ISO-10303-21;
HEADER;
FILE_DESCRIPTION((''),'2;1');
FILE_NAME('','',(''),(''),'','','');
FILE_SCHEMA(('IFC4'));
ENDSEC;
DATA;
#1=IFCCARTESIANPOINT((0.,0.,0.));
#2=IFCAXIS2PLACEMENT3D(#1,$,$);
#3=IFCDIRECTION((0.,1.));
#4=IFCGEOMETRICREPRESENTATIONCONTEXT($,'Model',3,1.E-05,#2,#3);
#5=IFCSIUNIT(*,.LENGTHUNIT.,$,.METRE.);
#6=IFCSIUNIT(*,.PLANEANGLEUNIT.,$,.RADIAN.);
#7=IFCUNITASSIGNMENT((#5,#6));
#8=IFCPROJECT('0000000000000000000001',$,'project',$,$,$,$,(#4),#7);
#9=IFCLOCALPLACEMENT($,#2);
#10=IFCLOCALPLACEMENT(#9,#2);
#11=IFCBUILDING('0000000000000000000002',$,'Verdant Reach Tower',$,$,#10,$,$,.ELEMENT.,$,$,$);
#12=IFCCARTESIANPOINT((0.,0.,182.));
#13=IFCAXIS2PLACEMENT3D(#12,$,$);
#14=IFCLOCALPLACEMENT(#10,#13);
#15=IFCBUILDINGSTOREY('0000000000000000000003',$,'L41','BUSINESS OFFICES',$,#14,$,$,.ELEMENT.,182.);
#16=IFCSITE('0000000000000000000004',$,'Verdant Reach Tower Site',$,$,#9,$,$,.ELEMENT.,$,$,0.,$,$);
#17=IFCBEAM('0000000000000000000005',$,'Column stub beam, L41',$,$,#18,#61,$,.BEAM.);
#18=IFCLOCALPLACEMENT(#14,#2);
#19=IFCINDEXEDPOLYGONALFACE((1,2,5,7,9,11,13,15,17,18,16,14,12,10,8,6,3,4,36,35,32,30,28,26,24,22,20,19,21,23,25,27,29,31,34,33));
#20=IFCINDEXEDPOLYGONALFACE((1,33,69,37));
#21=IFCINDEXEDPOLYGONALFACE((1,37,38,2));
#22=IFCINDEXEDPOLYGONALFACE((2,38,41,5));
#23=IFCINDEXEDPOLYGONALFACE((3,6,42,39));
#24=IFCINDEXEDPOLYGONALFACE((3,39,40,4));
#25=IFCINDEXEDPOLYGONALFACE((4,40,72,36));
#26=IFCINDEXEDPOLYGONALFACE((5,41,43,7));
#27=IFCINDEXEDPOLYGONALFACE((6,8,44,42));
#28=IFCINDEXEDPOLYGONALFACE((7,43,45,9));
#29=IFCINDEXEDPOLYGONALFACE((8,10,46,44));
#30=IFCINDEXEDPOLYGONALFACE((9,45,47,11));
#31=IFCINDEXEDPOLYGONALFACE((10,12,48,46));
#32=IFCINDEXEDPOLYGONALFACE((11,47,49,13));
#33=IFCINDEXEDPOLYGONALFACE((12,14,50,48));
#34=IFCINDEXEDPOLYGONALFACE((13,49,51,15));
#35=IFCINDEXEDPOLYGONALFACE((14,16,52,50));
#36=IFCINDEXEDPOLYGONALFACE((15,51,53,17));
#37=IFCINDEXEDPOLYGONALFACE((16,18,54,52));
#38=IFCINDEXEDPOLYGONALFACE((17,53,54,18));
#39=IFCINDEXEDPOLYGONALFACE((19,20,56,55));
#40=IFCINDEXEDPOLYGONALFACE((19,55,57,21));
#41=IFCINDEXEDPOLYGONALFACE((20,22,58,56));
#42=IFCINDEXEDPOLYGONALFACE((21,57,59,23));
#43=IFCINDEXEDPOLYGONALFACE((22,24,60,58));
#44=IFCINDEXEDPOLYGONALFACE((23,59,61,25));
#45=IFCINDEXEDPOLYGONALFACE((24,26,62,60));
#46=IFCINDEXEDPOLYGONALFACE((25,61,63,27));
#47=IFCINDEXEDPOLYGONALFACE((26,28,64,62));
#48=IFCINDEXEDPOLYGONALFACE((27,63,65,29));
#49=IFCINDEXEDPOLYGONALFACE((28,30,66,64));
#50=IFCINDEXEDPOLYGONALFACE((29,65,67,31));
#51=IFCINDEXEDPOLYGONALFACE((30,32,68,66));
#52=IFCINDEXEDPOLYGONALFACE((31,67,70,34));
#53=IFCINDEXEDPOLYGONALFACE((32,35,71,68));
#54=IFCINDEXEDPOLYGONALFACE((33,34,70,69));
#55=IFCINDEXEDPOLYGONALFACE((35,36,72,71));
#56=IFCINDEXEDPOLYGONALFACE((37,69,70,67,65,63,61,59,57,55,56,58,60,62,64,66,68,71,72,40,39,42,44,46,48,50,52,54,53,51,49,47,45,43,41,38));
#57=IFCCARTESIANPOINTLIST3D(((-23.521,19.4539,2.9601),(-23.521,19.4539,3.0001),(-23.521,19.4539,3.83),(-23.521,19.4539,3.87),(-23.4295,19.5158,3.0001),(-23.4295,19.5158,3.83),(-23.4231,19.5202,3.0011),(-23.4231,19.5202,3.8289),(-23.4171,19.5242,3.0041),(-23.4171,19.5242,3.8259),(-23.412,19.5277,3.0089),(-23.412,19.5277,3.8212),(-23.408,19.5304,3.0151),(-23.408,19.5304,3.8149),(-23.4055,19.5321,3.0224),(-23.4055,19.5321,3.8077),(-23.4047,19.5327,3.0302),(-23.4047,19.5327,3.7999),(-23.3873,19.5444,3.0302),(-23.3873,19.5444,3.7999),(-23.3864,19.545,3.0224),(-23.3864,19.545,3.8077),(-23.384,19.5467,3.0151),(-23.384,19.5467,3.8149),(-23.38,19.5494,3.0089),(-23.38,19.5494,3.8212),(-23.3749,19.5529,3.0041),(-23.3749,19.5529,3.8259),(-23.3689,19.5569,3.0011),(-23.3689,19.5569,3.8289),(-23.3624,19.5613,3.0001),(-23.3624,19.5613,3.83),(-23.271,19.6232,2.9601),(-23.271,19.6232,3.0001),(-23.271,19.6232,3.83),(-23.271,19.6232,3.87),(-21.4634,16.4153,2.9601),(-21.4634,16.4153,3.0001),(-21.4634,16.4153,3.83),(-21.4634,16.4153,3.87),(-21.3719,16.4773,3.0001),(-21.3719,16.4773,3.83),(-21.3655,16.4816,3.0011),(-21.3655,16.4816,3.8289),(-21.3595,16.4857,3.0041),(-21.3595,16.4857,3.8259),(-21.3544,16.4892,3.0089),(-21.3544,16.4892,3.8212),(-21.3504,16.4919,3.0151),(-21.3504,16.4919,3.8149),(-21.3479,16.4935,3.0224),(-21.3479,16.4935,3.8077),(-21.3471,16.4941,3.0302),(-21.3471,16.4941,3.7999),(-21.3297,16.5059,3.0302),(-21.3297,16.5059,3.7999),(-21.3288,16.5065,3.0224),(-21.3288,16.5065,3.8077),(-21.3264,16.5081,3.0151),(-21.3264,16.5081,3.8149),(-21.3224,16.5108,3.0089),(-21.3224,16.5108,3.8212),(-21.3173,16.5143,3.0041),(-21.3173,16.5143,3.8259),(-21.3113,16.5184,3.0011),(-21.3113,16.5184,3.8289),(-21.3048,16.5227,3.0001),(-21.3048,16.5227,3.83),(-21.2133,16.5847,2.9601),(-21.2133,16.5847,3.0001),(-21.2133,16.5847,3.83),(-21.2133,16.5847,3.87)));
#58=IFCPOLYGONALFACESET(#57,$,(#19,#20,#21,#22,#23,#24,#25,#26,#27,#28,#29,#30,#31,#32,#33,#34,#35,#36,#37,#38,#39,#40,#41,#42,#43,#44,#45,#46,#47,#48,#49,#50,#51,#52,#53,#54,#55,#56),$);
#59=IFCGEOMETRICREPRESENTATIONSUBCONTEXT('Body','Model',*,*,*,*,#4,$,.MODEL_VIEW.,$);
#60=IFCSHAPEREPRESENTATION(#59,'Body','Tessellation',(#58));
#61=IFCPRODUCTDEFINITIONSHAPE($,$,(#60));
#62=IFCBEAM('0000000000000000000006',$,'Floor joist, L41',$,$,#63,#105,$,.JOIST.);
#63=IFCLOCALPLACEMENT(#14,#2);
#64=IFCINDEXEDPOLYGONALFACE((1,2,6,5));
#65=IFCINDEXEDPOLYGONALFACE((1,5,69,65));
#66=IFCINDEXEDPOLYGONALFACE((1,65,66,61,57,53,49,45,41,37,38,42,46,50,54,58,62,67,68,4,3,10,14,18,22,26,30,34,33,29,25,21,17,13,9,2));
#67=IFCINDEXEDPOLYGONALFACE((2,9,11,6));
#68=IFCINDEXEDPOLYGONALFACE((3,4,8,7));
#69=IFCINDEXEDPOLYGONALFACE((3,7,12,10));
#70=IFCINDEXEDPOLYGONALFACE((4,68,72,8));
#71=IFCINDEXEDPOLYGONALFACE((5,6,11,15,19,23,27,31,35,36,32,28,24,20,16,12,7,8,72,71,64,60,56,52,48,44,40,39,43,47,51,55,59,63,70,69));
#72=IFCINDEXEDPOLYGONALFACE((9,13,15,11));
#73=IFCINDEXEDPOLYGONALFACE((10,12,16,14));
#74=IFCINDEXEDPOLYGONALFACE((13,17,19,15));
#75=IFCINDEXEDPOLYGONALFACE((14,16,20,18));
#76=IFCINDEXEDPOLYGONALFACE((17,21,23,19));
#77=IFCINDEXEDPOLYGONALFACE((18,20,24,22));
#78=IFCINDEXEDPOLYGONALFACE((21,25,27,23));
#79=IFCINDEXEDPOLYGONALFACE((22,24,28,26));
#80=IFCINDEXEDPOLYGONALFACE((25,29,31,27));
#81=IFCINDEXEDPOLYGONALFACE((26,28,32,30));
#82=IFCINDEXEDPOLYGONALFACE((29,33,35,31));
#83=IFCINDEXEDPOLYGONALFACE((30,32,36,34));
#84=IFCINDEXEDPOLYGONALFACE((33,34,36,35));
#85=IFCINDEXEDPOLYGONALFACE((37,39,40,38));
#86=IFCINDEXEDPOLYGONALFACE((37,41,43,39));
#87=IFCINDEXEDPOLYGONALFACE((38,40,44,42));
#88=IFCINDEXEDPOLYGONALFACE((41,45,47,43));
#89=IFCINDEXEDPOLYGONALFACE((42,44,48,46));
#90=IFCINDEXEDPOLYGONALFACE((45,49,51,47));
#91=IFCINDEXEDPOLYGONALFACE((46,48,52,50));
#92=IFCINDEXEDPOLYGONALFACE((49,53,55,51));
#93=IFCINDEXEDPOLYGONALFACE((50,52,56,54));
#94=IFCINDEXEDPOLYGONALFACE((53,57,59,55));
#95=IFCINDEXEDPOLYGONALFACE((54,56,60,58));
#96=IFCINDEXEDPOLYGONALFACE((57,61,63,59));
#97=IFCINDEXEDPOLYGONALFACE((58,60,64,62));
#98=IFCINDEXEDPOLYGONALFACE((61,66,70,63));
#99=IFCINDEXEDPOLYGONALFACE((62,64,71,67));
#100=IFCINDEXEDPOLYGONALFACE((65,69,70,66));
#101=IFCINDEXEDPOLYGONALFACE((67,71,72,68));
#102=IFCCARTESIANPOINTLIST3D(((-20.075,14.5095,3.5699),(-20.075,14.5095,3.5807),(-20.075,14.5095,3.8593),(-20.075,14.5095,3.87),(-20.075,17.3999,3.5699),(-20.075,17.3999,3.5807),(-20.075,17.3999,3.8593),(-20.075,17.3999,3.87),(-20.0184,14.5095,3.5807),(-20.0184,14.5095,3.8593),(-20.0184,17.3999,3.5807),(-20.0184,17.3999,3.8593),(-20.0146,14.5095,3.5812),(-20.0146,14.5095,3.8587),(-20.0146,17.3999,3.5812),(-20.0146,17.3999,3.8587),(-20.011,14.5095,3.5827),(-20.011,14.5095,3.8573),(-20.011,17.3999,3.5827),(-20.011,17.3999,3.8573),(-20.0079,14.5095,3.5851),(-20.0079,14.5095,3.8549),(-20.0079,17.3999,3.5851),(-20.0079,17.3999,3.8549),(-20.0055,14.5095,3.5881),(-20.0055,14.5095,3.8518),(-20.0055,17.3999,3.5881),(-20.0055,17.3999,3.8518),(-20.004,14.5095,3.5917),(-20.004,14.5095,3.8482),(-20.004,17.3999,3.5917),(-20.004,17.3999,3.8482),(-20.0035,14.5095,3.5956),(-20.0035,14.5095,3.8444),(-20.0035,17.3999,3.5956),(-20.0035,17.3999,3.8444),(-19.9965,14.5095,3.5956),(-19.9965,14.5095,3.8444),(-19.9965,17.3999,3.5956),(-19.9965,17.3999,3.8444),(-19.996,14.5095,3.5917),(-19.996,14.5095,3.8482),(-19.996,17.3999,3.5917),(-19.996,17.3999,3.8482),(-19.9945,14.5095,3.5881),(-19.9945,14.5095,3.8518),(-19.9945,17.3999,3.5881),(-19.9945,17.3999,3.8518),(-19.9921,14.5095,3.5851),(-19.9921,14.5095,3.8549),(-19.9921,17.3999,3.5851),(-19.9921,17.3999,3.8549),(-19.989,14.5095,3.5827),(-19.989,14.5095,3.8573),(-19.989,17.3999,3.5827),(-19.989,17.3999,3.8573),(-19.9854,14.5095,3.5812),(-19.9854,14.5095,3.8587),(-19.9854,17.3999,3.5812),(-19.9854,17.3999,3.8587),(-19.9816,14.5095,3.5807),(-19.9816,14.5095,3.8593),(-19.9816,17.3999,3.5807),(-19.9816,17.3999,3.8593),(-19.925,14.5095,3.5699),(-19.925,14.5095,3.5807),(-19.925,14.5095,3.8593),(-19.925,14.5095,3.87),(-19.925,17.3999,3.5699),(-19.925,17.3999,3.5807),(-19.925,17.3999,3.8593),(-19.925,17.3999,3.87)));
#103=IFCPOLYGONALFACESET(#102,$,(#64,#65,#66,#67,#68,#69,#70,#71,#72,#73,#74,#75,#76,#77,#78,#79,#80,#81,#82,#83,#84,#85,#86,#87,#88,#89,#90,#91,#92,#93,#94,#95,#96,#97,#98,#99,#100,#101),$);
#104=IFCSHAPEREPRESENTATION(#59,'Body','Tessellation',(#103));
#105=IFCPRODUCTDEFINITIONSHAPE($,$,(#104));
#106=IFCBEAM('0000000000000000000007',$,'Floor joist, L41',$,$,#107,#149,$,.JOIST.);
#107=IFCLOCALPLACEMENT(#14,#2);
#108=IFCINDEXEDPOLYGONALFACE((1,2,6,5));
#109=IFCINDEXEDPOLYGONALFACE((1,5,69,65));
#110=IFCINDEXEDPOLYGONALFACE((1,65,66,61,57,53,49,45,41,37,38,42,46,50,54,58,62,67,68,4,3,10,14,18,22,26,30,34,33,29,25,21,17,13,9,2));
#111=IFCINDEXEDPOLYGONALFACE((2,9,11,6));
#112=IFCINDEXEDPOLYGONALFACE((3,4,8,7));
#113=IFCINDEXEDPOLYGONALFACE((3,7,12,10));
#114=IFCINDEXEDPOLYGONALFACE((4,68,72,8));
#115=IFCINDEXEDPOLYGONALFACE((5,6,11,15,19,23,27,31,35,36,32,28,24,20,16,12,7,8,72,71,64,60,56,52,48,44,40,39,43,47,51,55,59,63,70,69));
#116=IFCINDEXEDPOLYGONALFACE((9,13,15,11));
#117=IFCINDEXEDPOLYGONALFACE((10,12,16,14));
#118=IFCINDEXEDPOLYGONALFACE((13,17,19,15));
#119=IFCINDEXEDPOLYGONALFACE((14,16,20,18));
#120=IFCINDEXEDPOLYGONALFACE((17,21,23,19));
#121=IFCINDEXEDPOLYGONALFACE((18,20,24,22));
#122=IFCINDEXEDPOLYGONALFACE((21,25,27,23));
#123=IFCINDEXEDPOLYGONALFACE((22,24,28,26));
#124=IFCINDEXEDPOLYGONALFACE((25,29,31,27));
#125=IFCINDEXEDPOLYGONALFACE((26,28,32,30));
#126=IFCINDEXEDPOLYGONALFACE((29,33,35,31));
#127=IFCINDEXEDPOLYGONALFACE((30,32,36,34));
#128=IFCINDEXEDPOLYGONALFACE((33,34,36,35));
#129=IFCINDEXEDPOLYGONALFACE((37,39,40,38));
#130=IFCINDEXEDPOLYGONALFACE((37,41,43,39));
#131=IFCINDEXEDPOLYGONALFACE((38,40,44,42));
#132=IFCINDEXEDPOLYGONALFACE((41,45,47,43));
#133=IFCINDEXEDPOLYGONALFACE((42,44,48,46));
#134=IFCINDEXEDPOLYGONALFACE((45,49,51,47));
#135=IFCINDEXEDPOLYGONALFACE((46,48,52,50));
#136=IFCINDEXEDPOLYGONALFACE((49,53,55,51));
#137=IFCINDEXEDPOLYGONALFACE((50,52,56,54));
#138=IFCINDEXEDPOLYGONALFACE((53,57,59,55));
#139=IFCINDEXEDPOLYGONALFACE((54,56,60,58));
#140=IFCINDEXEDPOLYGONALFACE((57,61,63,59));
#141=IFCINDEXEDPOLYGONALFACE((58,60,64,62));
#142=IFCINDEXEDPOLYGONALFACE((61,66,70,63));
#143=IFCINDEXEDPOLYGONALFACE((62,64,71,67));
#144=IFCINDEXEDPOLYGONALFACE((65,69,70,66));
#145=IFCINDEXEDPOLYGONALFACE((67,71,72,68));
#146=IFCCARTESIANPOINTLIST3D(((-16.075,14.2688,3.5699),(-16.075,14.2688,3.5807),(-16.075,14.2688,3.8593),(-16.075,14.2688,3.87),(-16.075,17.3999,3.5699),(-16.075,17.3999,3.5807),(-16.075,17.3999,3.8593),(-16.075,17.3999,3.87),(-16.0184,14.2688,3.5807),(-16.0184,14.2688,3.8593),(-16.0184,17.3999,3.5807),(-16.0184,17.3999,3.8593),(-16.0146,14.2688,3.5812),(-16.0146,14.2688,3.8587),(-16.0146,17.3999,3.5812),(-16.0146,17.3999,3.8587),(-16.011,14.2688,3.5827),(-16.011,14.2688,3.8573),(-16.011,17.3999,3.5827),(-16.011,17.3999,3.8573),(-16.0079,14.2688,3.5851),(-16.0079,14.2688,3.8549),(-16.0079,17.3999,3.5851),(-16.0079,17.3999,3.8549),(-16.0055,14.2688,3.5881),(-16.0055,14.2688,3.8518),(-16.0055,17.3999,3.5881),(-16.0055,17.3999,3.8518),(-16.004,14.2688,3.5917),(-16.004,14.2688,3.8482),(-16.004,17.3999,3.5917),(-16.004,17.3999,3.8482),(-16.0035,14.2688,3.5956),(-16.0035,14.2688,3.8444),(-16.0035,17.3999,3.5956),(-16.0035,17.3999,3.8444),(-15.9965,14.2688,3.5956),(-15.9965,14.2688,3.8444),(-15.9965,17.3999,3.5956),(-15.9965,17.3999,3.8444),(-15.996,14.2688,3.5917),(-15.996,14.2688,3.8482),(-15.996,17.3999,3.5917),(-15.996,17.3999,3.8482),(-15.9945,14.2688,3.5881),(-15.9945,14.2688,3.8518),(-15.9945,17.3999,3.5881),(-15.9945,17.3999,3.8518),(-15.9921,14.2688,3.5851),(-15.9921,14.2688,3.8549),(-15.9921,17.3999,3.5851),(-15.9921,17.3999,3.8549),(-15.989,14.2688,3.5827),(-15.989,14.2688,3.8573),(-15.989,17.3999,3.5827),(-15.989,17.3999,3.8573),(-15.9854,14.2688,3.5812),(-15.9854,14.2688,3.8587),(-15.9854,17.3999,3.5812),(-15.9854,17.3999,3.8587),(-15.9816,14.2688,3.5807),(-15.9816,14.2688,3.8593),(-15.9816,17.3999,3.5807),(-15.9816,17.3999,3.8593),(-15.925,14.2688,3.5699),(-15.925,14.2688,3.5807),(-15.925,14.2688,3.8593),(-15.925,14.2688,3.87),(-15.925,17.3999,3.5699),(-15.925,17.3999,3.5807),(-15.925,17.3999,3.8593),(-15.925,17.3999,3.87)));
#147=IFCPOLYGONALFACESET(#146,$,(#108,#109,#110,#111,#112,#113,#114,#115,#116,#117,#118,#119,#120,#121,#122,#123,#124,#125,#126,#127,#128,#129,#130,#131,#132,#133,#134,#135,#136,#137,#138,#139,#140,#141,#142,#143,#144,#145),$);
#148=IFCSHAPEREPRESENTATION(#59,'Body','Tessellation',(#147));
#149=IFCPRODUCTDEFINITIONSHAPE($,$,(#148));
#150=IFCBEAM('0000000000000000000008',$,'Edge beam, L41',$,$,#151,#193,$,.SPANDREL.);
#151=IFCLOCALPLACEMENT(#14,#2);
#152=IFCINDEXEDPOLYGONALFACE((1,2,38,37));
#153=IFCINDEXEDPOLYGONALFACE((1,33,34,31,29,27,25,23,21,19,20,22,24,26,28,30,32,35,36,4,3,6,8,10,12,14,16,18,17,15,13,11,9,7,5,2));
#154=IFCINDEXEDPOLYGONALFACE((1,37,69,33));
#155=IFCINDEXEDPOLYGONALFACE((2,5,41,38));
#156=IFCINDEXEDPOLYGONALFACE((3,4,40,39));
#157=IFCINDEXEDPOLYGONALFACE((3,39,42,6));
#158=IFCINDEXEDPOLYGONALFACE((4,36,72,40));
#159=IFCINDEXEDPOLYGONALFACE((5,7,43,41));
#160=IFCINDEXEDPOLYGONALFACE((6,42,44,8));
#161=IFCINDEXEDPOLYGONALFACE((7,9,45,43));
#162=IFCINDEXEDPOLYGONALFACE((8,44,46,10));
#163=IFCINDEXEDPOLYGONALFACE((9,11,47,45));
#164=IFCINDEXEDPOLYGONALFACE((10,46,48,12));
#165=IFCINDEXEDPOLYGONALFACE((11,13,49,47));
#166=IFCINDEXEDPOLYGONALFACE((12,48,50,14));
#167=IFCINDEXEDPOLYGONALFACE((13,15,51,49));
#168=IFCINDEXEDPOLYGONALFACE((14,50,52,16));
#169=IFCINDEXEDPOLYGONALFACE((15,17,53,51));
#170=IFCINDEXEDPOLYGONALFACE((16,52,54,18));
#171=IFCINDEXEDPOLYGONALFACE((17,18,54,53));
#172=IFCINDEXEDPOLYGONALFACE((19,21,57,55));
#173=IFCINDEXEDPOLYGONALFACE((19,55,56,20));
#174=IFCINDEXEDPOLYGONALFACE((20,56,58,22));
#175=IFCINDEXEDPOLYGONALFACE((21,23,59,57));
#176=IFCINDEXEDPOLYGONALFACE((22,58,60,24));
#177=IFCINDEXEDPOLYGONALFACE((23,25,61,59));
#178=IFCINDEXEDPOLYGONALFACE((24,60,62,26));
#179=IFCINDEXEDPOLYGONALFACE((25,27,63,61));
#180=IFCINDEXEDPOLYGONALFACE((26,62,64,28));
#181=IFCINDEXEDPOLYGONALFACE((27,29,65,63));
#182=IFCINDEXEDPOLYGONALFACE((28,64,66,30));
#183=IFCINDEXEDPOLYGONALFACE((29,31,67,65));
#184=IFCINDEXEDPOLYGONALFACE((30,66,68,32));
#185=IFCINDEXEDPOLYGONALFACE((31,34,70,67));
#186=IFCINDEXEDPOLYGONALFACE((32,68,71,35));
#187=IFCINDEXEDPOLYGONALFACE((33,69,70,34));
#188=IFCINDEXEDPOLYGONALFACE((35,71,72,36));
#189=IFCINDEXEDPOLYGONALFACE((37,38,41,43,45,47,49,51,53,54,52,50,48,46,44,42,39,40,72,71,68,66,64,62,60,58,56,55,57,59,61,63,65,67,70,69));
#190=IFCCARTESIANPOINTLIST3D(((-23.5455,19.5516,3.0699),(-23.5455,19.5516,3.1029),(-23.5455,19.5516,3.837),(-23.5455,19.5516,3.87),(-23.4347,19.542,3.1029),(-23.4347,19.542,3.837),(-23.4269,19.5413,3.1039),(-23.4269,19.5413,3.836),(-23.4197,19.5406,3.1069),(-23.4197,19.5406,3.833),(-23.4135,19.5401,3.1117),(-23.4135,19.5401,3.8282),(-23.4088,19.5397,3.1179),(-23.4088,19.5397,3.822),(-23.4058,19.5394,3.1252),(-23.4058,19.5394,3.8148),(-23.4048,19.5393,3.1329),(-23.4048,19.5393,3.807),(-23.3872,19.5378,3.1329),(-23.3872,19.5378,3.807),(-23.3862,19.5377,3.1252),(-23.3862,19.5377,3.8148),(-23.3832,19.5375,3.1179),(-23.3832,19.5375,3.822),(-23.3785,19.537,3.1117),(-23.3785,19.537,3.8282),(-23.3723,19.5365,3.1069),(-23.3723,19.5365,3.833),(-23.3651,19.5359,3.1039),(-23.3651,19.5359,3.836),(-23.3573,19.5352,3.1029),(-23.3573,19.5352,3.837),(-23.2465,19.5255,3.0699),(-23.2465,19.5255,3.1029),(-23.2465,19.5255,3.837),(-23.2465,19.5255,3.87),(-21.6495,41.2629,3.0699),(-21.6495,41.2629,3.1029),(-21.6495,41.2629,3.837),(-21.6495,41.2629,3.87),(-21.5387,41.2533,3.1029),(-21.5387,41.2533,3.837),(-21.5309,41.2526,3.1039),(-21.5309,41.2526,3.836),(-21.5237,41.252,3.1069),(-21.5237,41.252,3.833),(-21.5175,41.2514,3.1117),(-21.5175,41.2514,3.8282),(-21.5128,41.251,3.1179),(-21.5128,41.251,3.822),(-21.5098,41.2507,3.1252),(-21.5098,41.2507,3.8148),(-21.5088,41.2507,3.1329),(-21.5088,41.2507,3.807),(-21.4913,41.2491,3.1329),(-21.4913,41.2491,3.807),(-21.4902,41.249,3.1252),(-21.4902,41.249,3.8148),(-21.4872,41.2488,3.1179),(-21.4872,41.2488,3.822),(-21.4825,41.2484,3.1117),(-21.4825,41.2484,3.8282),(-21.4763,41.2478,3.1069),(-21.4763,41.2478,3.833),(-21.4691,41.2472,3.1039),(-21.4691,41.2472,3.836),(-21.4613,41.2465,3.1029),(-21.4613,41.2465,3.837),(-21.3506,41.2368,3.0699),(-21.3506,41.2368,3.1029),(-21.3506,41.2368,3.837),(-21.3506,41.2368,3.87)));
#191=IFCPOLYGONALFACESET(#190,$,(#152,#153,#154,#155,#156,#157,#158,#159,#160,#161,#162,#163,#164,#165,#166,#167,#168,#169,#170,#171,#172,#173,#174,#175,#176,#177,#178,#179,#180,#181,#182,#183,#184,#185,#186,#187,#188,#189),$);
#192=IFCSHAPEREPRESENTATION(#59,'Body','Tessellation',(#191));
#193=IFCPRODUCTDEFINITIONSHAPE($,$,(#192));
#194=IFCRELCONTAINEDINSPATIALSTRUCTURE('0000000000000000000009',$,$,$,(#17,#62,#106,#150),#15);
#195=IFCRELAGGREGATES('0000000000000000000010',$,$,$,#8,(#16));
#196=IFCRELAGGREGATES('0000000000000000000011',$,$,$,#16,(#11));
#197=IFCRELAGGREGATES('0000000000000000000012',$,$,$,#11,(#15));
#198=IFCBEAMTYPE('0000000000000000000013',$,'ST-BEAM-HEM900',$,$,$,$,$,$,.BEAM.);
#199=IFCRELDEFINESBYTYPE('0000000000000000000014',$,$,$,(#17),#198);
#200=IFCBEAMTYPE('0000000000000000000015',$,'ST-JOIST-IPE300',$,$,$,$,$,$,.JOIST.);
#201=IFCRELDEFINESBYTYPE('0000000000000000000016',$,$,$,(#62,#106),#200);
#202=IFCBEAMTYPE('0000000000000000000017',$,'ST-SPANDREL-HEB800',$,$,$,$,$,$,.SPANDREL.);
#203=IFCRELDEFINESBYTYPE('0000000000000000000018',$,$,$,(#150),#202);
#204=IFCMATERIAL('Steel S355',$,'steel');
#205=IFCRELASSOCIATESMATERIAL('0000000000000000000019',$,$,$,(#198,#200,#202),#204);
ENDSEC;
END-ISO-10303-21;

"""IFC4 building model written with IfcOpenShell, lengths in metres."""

from ifc_helpers import new_model, si_unit, direction, frame, origin, origin_2d, place, context, subcontext, project, spatial, i_section, extrude, material, material_profile, profile_set, type_object, element, save


model = new_model("IFC4")

# Units and contexts
model_context = context("Model", 3, precision=1e-05, world=origin(), true_north=direction((0.0, 1.0)))
body_context = subcontext(model_context, "Body", "Model", "MODEL_VIEW")
ifc_project = project(units=[si_unit("LENGTHUNIT", "METRE"), si_unit("PLANEANGLEUNIT", "RADIAN")], contexts=[model_context])

# Site, building, storey
site_placement = place(None, origin())
site = spatial("IfcSite", under=ifc_project, at=site_placement, Name="Verdant Reach Tower Site", CompositionType="ELEMENT", RefElevation=0.0)
building_placement = place(site_placement, origin())
building = spatial("IfcBuilding", under=site, at=building_placement, Name="Verdant Reach Tower", CompositionType="ELEMENT")
storey_placement = place(building_placement, frame((0.0, 0.0, 182.0)))
storey = spatial("IfcBuildingStorey", under=building, at=storey_placement, Name="L41", Description="BUSINESS OFFICES", CompositionType="ELEMENT", Elevation=182.0)

# Beams
ifc_material_1 = material(Name="Steel S355", Category="steel")
ifc_material_profile_1 = material_profile(ifc_material_1, i_section(OverallWidth=0.302, OverallDepth=0.9099, WebThickness=0.021, FlangeThickness=0.04, FilletRadius=0.03, at=origin_2d()), Name="HEM 900")
ifc_profile_set_1 = profile_set([ifc_material_profile_1], Name="Steel S355")
beam_type_1 = type_object("IfcBeamType", Name="ST-BEAM-HEM900", PredefinedType="BEAM", material=ifc_profile_set_1)
beam_1_placement = place(storey_placement, frame((-21.3384, 16.5, 3.415), z_axis=(-0.560704, 0.828016, 0.0), x_axis=(-0.828016, -0.560704, 0.0)))
element("IfcBeam", 1, at=beam_1_placement, inside=storey, type_object=beam_type_1, Name="Column stub beam, L41", PredefinedType="BEAM", context=body_context, shape_type="SweptSolid", body=[
    extrude(i_section(OverallWidth=0.302, OverallDepth=0.9099, WebThickness=0.021, FlangeThickness=0.04, FilletRadius=0.03, at=origin_2d()), origin(), (0.0, 0.0, 1.0), 3.6697),
])
ifc_material_profile_2 = material_profile(ifc_material_1, i_section(OverallWidth=0.1499, OverallDepth=0.3, WebThickness=0.0071, FlangeThickness=0.0107, FilletRadius=0.0149, at=origin_2d()), Name="IPE 300")
ifc_profile_set_2 = profile_set([ifc_material_profile_2], Name="Steel S355")
beam_type_2 = type_object("IfcBeamType", Name="ST-JOIST-IPE300", PredefinedType="JOIST", material=ifc_profile_set_2)
beam_2_placement = place(storey_placement, frame((-20.0, 17.3999, 3.72), z_axis=(0.0, -1.0, 0.0), x_axis=(1.0, 0.0, 0.0)))
element("IfcBeam", 2, at=beam_2_placement, inside=storey, type_object=beam_type_2, Name="Floor joist, L41", PredefinedType="JOIST", context=body_context, shape_type="SweptSolid", body=[
    extrude(i_section(OverallWidth=0.1499, OverallDepth=0.3, WebThickness=0.0071, FlangeThickness=0.0107, FilletRadius=0.0149, at=origin_2d()), origin(), (0.0, 0.0, 1.0), 2.8904),
])
beam_3_placement = place(storey_placement, frame((-16.0, 17.3999, 3.72), z_axis=(0.0, -1.0, 0.0), x_axis=(1.0, 0.0, 0.0)))
element("IfcBeam", 3, at=beam_3_placement, inside=storey, type_object=beam_type_2, Name="Floor joist, L41", PredefinedType="JOIST", context=body_context, shape_type="SweptSolid", body=[
    extrude(i_section(OverallWidth=0.1499, OverallDepth=0.3, WebThickness=0.0071, FlangeThickness=0.0107, FilletRadius=0.0149, at=origin_2d()), origin(), (0.0, 0.0, 1.0), 3.1311),
])
ifc_material_profile_3 = material_profile(ifc_material_1, i_section(OverallWidth=0.3, OverallDepth=0.8, WebThickness=0.0176, FlangeThickness=0.033, FilletRadius=0.03, at=origin_2d()), Name="HEB 800")
ifc_profile_set_3 = profile_set([ifc_material_profile_3], Name="Steel S355")
beam_type_3 = type_object("IfcBeamType", Name="ST-SPANDREL-HEB800", PredefinedType="SPANDREL", material=ifc_profile_set_3)
beam_4_placement = place(storey_placement, frame((-23.396, 19.5386, 3.47), z_axis=(0.086996, 0.996209, 0.0), x_axis=(-0.996209, 0.086996, 0.0)))
element("IfcBeam", 4, at=beam_4_placement, inside=storey, type_object=beam_type_3, Name="Edge beam, L41", PredefinedType="SPANDREL", context=body_context, shape_type="SweptSolid", body=[
    extrude(i_section(OverallWidth=0.3, OverallDepth=0.8, WebThickness=0.0176, FlangeThickness=0.033, FilletRadius=0.03, at=origin_2d()), origin(), (0.0, 0.0, 1.0), 21.7939),
])

save(model, "model.ifc")
